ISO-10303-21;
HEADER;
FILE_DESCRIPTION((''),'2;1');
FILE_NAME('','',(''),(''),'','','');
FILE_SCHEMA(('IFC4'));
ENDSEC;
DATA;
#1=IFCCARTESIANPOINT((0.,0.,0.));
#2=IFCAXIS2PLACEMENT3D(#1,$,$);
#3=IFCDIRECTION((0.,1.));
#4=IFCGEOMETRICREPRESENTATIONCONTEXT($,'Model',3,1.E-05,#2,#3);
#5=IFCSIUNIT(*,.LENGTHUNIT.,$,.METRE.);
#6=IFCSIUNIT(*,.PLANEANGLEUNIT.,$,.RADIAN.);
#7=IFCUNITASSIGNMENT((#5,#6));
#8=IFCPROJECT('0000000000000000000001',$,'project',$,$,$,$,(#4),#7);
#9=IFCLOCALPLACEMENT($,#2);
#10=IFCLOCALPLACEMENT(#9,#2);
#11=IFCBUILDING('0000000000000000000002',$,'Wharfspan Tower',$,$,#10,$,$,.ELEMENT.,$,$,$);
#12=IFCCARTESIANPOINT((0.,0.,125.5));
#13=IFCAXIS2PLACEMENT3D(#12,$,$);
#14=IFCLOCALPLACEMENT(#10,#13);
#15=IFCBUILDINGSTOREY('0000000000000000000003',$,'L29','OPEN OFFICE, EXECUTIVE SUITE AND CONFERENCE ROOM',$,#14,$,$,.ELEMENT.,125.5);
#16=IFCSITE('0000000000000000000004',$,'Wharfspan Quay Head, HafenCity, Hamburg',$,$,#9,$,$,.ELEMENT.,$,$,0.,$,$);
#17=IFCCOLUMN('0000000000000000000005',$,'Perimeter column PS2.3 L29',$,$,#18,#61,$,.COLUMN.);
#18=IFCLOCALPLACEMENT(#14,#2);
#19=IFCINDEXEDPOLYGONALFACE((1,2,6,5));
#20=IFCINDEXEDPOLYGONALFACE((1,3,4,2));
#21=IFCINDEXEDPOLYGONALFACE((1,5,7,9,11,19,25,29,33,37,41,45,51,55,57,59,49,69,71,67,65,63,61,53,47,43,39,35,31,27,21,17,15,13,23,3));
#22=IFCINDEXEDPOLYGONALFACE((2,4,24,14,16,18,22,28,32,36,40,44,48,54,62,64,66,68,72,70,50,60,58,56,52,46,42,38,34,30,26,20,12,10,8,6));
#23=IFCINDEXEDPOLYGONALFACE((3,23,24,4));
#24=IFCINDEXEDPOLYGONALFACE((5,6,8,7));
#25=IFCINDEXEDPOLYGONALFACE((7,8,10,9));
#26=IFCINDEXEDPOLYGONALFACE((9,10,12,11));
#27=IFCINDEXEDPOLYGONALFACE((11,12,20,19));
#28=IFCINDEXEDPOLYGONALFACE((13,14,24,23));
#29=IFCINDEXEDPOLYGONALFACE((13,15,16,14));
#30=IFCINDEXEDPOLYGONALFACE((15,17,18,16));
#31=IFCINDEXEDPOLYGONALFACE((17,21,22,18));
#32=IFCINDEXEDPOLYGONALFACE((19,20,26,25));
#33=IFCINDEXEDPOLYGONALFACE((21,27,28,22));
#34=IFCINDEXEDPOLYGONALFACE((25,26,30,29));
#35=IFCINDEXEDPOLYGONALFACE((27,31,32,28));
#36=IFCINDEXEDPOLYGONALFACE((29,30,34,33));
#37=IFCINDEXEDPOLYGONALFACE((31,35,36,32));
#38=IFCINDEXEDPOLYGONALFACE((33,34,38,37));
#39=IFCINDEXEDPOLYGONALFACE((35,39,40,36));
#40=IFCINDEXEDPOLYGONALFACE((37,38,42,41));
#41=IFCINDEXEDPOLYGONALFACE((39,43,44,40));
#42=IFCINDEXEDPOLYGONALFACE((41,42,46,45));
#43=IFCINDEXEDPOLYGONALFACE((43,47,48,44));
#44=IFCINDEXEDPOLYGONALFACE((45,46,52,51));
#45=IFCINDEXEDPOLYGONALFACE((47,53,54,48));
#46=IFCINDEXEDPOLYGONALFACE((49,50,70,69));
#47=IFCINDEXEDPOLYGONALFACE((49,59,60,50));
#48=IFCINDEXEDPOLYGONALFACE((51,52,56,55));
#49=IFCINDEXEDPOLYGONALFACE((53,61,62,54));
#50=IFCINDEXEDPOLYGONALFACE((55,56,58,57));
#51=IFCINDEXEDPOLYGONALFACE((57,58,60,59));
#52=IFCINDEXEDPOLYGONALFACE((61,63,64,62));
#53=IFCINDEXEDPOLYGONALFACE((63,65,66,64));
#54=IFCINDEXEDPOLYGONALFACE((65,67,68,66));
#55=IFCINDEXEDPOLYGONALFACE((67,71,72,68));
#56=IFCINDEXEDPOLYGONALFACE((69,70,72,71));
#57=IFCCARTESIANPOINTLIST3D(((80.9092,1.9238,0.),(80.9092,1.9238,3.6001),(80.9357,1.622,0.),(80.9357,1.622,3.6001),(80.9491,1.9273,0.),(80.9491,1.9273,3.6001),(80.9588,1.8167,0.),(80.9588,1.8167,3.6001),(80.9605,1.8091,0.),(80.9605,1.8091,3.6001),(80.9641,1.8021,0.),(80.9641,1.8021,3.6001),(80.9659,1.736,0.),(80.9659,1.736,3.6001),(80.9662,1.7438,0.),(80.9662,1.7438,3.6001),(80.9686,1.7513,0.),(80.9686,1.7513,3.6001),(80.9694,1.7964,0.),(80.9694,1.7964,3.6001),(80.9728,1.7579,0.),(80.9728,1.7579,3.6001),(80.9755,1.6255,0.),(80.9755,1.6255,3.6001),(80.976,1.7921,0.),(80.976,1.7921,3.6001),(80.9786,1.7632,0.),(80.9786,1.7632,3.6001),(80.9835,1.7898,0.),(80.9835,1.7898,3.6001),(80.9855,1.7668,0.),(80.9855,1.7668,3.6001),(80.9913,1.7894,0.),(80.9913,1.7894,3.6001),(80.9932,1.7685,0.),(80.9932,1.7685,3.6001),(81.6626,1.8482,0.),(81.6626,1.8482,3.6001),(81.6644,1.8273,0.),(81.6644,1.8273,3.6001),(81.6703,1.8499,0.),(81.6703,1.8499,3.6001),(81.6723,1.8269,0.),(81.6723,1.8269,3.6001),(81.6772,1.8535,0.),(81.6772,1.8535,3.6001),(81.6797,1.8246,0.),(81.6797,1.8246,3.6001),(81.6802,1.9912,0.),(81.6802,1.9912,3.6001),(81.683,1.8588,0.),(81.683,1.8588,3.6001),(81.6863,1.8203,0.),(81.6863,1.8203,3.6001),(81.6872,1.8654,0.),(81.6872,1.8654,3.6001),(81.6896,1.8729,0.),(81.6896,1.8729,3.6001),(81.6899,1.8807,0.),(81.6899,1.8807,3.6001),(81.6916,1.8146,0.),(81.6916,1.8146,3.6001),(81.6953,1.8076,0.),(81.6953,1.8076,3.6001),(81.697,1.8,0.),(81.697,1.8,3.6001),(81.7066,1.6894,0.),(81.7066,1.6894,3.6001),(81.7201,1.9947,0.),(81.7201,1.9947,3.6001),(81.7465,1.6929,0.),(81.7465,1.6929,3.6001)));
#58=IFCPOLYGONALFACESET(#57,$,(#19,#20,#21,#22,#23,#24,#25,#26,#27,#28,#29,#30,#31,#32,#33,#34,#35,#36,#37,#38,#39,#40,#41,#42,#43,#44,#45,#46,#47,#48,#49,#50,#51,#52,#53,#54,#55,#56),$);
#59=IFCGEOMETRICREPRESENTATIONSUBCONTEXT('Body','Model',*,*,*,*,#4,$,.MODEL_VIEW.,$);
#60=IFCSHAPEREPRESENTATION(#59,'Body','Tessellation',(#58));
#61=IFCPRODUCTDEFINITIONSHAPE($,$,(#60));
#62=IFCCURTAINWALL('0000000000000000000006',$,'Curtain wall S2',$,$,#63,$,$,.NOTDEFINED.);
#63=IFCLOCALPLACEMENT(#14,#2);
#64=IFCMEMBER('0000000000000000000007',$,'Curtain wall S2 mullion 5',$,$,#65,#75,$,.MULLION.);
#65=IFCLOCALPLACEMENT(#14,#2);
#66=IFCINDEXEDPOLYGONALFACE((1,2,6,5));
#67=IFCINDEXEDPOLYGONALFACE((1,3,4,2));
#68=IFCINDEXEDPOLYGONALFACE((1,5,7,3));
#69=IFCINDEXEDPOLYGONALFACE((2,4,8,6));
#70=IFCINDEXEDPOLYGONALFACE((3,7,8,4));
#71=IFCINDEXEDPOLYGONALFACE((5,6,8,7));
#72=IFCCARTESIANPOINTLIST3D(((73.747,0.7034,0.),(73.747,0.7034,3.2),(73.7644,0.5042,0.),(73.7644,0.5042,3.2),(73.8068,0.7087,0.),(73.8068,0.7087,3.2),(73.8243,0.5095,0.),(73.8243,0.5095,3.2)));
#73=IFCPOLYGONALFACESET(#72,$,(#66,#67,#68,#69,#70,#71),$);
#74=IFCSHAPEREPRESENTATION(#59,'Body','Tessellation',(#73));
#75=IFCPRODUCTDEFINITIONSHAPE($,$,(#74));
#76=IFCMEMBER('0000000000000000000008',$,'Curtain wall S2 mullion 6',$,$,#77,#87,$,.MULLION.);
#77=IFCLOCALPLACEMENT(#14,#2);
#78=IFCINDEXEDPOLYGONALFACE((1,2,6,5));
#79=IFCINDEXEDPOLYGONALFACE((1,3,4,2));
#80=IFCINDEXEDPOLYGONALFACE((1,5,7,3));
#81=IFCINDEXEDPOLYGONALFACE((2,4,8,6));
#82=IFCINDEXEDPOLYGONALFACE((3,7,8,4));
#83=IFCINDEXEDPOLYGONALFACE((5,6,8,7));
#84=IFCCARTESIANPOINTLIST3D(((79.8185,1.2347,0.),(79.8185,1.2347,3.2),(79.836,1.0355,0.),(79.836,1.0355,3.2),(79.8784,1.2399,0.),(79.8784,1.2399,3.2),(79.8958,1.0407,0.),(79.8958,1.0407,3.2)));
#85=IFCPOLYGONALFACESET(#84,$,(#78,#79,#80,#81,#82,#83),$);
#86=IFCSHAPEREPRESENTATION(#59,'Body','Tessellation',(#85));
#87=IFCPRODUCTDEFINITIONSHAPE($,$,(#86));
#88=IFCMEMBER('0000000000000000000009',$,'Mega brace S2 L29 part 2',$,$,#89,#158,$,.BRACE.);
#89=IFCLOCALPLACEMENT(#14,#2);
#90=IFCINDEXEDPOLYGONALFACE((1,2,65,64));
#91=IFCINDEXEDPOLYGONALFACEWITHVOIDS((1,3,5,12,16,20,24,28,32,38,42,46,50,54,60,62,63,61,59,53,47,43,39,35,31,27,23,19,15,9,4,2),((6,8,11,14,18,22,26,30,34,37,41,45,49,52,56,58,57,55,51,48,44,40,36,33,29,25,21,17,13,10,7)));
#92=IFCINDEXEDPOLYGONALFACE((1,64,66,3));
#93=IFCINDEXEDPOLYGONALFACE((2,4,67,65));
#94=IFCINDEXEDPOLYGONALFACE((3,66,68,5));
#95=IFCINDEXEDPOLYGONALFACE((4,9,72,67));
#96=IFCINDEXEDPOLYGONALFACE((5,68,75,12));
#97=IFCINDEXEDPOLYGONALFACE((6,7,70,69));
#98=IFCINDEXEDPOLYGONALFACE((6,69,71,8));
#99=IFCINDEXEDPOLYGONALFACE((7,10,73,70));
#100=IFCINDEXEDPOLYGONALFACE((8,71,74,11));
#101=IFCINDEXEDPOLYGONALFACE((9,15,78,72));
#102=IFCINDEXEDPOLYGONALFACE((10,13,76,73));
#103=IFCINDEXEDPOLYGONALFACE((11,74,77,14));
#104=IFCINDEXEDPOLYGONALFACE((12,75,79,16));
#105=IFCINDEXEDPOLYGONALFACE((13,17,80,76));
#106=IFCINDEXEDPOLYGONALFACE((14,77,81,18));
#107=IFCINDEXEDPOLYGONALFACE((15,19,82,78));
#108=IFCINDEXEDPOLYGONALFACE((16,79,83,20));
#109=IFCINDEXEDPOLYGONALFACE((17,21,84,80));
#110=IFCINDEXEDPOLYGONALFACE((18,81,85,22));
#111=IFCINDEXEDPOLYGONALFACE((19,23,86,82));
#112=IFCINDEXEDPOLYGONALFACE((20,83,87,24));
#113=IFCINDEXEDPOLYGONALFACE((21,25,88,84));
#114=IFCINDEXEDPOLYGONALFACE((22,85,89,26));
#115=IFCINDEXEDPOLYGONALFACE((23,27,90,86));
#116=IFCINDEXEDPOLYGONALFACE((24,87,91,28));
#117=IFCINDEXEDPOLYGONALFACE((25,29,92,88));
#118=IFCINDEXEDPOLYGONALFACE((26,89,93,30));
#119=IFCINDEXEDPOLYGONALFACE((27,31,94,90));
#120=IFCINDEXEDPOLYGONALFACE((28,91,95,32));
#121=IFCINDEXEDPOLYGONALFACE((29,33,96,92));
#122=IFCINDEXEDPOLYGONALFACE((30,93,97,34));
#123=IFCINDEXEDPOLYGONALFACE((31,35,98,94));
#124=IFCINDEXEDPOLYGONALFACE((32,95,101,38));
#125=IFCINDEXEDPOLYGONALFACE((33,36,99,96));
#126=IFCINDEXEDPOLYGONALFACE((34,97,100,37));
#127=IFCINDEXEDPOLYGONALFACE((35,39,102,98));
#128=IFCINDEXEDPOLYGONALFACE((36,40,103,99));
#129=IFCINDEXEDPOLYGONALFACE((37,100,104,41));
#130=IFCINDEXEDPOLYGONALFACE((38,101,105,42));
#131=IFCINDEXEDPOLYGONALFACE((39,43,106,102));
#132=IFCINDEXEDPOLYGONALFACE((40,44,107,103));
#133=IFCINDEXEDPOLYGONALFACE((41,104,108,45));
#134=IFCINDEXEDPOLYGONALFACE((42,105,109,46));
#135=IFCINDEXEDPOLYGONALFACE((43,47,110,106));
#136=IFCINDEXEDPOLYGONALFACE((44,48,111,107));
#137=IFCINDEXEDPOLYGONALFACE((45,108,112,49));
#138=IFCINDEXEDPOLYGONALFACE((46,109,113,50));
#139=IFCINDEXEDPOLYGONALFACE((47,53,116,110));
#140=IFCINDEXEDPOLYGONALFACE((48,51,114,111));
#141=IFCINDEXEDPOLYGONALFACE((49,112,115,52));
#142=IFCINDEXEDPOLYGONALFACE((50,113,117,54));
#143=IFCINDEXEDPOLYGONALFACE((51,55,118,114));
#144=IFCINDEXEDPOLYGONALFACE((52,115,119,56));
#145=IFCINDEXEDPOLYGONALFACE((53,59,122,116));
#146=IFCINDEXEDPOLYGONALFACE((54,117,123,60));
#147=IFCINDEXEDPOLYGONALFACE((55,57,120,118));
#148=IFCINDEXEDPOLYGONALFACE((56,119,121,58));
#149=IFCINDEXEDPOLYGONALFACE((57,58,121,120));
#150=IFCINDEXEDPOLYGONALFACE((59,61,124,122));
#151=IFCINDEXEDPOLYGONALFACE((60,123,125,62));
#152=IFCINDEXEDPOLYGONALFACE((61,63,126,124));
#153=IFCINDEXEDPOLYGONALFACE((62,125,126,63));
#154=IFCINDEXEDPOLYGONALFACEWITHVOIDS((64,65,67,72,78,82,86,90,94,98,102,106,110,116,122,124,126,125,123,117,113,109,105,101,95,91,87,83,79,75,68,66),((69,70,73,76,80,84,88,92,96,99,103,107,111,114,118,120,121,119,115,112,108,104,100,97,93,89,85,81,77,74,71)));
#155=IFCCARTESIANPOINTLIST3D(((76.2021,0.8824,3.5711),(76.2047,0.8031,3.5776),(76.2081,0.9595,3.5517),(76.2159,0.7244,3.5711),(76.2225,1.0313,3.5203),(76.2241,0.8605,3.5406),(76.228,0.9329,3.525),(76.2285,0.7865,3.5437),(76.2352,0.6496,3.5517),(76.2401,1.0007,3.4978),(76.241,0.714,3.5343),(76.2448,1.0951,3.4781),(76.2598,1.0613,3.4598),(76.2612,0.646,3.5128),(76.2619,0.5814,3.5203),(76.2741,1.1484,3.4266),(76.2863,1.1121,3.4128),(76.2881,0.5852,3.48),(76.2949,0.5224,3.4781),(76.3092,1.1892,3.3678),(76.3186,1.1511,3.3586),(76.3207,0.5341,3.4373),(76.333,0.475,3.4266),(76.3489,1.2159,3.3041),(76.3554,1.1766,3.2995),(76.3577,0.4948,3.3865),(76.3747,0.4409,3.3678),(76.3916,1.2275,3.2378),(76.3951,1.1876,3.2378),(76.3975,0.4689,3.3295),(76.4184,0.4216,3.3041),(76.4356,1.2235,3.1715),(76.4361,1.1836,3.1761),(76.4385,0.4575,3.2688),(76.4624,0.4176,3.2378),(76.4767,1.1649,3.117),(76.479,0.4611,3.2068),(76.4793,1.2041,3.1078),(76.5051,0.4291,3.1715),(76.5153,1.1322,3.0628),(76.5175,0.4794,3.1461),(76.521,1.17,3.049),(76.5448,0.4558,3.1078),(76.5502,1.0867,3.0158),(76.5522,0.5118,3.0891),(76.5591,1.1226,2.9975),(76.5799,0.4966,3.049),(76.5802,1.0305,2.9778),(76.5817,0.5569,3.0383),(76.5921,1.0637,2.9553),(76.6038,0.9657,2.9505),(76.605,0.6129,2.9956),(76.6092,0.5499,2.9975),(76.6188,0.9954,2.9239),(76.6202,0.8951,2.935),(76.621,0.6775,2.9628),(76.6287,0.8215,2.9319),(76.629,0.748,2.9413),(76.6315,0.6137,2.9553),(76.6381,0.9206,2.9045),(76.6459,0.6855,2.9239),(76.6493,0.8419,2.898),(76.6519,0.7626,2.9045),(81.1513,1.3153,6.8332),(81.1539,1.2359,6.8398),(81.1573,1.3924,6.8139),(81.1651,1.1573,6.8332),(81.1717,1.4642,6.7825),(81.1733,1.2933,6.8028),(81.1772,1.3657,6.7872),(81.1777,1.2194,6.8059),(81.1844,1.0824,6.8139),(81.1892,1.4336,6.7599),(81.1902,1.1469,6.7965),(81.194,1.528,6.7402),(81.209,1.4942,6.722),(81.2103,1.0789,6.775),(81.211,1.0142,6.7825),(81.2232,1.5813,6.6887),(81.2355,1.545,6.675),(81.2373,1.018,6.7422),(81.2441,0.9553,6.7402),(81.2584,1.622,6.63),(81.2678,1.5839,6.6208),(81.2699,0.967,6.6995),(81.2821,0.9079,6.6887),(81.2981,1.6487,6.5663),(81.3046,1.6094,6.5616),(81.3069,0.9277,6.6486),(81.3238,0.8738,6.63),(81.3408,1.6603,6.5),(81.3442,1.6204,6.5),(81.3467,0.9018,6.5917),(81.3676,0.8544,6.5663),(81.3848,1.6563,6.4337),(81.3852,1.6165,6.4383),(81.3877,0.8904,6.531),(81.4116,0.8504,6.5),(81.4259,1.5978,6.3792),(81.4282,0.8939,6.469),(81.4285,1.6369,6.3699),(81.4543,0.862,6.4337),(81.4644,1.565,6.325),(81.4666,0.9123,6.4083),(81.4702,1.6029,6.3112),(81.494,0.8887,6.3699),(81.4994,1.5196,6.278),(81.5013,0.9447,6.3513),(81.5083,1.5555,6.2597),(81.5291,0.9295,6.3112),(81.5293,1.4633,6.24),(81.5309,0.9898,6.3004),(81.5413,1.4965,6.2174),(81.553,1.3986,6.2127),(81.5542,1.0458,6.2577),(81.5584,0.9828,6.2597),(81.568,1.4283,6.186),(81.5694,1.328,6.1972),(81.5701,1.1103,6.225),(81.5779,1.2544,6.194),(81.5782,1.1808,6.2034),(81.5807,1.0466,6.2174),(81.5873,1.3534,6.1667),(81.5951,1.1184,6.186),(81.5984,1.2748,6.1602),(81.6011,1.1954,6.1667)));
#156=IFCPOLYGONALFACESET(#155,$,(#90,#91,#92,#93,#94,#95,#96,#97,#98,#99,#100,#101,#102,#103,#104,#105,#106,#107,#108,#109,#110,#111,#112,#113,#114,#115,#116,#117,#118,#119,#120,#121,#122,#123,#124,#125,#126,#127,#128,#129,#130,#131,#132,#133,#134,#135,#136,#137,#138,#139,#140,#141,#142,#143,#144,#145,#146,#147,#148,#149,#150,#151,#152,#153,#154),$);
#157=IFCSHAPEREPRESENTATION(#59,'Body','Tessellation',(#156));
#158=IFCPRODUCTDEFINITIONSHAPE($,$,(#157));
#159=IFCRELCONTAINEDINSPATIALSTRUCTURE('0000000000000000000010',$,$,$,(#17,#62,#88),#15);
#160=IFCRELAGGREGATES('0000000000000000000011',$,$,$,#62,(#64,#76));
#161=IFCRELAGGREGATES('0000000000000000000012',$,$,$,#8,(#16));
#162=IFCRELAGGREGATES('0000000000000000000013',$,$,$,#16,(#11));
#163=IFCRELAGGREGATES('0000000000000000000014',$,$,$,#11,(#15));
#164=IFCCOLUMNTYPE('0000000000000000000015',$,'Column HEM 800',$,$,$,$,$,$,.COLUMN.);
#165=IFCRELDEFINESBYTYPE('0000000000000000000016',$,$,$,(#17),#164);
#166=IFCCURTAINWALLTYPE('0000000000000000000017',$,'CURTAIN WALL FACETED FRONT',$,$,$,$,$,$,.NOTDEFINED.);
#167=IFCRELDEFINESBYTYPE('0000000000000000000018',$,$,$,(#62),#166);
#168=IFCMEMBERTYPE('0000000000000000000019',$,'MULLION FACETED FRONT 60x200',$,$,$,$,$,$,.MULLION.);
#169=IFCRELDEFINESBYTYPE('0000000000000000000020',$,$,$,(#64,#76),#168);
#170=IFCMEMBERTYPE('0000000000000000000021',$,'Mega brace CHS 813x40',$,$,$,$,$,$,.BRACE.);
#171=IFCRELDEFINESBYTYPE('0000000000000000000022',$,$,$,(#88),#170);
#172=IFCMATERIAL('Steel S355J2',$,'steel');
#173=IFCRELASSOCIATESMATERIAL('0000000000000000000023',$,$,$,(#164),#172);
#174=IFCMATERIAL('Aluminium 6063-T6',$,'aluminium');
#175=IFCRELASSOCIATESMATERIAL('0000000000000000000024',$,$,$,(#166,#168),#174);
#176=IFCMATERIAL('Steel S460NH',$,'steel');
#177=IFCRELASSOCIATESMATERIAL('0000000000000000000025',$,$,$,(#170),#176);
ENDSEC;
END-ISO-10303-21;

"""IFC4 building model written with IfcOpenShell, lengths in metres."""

from ifc_helpers import new_model, si_unit, direction, frame, origin, origin_2d, place, context, subcontext, project, spatial, rectangle, hollow_circle, i_section, extrude, material, material_profile, profile_set, type_object, element, aggregate, save


model = new_model("IFC4")

# Units and contexts
model_context = context("Model", 3, precision=1e-05, world=origin(), true_north=direction((0.0, 1.0)))
body_context = subcontext(model_context, "Body", "Model", "MODEL_VIEW")
ifc_project = project(units=[si_unit("LENGTHUNIT", "METRE"), si_unit("PLANEANGLEUNIT", "RADIAN")], contexts=[model_context])

# Site, building, storey
site_placement = place(None, origin())
site = spatial("IfcSite", under=ifc_project, at=site_placement, Name="Wharfspan Quay Head, HafenCity, Hamburg", CompositionType="ELEMENT", RefElevation=0.0)
building_placement = place(site_placement, origin())
building = spatial("IfcBuilding", under=site, at=building_placement, Name="Wharfspan Tower", CompositionType="ELEMENT")
storey_placement = place(building_placement, frame((0.0, 0.0, 125.5)))
storey = spatial("IfcBuildingStorey", under=building, at=storey_placement, Name="L29", Description="OPEN OFFICE, EXECUTIVE SUITE AND CONFERENCE ROOM", CompositionType="ELEMENT", Elevation=125.5)

# Column
ifc_material_1 = material(Name="Steel S355J2", Category="steel")
ifc_material_profile_1 = material_profile(ifc_material_1, i_section(OverallWidth=0.303, OverallDepth=0.814, WebThickness=0.021, FlangeThickness=0.04, FilletRadius=0.03, at=origin_2d()))
ifc_profile_set_1 = profile_set([ifc_material_profile_1], Name="Steel S355J2")
column_type = type_object("IfcColumnType", Name="Column HEM 800", PredefinedType="COLUMN", material=ifc_profile_set_1)
column_placement = place(storey_placement, frame((81.3279, 1.8083, 0.0), z_axis=(0.0, 0.0, 1.0), x_axis=(0.087156, -0.996198, 0.0)))
element("IfcColumn", 1, at=column_placement, inside=storey, type_object=column_type, Name="Perimeter column PS2.3 L29", PredefinedType="COLUMN", context=body_context, shape_type="SweptSolid", body=[
    extrude(i_section(OverallWidth=0.303, OverallDepth=0.814, WebThickness=0.021, FlangeThickness=0.04, FilletRadius=0.03, at=origin_2d()), origin(), (0.0, 0.0, 1.0), 3.6001),
])

# Curtain wall, members
ifc_material_2 = material(Name="Aluminium 6063-T6", Category="aluminium")
curtain_wall_type = type_object("IfcCurtainWallType", Name="CURTAIN WALL FACETED FRONT", PredefinedType="NOTDEFINED", material=ifc_material_2)
curtain_wall_placement = place(storey_placement, origin())
curtain_wall = element("IfcCurtainWall", 2, at=curtain_wall_placement, inside=storey, type_object=curtain_wall_type, Name="Curtain wall S2", PredefinedType="NOTDEFINED")
ifc_material_profile_2 = material_profile(ifc_material_2, rectangle(XDim=0.2, YDim=0.0601, at=origin_2d()))
ifc_profile_set_2 = profile_set([ifc_material_profile_2], Name="Aluminium 6063-T6")
member_type_1 = type_object("IfcMemberType", Name="MULLION FACETED FRONT 60x200", PredefinedType="MULLION", material=ifc_profile_set_2)
member_1_placement = place(storey_placement, frame((73.7856, 0.6064, 0.0), z_axis=(0.0, 0.0, 1.0), x_axis=(-0.087156, 0.996198, 0.0)))
member_1 = element("IfcMember", 3, at=member_1_placement, type_object=member_type_1, Name="Curtain wall S2 mullion 5", PredefinedType="MULLION", context=body_context, shape_type="SweptSolid", body=[
    extrude(rectangle(XDim=0.2, YDim=0.0601, at=origin_2d()), origin(), (0.0, 0.0, 1.0), 3.2),
])
member_2_placement = place(storey_placement, frame((79.8572, 1.1377, 0.0), z_axis=(0.0, 0.0, 1.0), x_axis=(-0.087156, 0.996198, 0.0)))
member_2 = element("IfcMember", 4, at=member_2_placement, type_object=member_type_1, Name="Curtain wall S2 mullion 6", PredefinedType="MULLION", context=body_context, shape_type="SweptSolid", body=[
    extrude(rectangle(XDim=0.2, YDim=0.0601, at=origin_2d()), origin(), (0.0, 0.0, 1.0), 3.2),
])

# Member
ifc_material_3 = material(Name="Steel S460NH", Category="steel")
ifc_material_profile_3 = material_profile(ifc_material_3, hollow_circle(Radius=0.4065, WallThickness=0.04, at=origin_2d()))
ifc_profile_set_3 = profile_set([ifc_material_profile_3], Name="Steel S460NH")
member_type_2 = type_object("IfcMemberType", Name="Mega brace CHS 813x40", PredefinedType="BRACE", material=ifc_profile_set_3)
member_3_placement = place(storey_placement, frame((76.427, 0.8225, 3.2378), z_axis=(0.832724, 0.07283, 0.548878), x_axis=(-0.087128, 0.996197, 0.000001)))
element("IfcMember", 5, at=member_3_placement, inside=storey, type_object=member_type_2, Name="Mega brace S2 L29 part 2", PredefinedType="BRACE", context=body_context, shape_type="SweptSolid", body=[
    extrude(hollow_circle(Radius=0.4065, WallThickness=0.04, at=origin_2d()), origin(), (0.0, 0.0, 1.0), 5.9434),
])

aggregate(curtain_wall, [member_1, member_2])

save(model, "model.ifc")
